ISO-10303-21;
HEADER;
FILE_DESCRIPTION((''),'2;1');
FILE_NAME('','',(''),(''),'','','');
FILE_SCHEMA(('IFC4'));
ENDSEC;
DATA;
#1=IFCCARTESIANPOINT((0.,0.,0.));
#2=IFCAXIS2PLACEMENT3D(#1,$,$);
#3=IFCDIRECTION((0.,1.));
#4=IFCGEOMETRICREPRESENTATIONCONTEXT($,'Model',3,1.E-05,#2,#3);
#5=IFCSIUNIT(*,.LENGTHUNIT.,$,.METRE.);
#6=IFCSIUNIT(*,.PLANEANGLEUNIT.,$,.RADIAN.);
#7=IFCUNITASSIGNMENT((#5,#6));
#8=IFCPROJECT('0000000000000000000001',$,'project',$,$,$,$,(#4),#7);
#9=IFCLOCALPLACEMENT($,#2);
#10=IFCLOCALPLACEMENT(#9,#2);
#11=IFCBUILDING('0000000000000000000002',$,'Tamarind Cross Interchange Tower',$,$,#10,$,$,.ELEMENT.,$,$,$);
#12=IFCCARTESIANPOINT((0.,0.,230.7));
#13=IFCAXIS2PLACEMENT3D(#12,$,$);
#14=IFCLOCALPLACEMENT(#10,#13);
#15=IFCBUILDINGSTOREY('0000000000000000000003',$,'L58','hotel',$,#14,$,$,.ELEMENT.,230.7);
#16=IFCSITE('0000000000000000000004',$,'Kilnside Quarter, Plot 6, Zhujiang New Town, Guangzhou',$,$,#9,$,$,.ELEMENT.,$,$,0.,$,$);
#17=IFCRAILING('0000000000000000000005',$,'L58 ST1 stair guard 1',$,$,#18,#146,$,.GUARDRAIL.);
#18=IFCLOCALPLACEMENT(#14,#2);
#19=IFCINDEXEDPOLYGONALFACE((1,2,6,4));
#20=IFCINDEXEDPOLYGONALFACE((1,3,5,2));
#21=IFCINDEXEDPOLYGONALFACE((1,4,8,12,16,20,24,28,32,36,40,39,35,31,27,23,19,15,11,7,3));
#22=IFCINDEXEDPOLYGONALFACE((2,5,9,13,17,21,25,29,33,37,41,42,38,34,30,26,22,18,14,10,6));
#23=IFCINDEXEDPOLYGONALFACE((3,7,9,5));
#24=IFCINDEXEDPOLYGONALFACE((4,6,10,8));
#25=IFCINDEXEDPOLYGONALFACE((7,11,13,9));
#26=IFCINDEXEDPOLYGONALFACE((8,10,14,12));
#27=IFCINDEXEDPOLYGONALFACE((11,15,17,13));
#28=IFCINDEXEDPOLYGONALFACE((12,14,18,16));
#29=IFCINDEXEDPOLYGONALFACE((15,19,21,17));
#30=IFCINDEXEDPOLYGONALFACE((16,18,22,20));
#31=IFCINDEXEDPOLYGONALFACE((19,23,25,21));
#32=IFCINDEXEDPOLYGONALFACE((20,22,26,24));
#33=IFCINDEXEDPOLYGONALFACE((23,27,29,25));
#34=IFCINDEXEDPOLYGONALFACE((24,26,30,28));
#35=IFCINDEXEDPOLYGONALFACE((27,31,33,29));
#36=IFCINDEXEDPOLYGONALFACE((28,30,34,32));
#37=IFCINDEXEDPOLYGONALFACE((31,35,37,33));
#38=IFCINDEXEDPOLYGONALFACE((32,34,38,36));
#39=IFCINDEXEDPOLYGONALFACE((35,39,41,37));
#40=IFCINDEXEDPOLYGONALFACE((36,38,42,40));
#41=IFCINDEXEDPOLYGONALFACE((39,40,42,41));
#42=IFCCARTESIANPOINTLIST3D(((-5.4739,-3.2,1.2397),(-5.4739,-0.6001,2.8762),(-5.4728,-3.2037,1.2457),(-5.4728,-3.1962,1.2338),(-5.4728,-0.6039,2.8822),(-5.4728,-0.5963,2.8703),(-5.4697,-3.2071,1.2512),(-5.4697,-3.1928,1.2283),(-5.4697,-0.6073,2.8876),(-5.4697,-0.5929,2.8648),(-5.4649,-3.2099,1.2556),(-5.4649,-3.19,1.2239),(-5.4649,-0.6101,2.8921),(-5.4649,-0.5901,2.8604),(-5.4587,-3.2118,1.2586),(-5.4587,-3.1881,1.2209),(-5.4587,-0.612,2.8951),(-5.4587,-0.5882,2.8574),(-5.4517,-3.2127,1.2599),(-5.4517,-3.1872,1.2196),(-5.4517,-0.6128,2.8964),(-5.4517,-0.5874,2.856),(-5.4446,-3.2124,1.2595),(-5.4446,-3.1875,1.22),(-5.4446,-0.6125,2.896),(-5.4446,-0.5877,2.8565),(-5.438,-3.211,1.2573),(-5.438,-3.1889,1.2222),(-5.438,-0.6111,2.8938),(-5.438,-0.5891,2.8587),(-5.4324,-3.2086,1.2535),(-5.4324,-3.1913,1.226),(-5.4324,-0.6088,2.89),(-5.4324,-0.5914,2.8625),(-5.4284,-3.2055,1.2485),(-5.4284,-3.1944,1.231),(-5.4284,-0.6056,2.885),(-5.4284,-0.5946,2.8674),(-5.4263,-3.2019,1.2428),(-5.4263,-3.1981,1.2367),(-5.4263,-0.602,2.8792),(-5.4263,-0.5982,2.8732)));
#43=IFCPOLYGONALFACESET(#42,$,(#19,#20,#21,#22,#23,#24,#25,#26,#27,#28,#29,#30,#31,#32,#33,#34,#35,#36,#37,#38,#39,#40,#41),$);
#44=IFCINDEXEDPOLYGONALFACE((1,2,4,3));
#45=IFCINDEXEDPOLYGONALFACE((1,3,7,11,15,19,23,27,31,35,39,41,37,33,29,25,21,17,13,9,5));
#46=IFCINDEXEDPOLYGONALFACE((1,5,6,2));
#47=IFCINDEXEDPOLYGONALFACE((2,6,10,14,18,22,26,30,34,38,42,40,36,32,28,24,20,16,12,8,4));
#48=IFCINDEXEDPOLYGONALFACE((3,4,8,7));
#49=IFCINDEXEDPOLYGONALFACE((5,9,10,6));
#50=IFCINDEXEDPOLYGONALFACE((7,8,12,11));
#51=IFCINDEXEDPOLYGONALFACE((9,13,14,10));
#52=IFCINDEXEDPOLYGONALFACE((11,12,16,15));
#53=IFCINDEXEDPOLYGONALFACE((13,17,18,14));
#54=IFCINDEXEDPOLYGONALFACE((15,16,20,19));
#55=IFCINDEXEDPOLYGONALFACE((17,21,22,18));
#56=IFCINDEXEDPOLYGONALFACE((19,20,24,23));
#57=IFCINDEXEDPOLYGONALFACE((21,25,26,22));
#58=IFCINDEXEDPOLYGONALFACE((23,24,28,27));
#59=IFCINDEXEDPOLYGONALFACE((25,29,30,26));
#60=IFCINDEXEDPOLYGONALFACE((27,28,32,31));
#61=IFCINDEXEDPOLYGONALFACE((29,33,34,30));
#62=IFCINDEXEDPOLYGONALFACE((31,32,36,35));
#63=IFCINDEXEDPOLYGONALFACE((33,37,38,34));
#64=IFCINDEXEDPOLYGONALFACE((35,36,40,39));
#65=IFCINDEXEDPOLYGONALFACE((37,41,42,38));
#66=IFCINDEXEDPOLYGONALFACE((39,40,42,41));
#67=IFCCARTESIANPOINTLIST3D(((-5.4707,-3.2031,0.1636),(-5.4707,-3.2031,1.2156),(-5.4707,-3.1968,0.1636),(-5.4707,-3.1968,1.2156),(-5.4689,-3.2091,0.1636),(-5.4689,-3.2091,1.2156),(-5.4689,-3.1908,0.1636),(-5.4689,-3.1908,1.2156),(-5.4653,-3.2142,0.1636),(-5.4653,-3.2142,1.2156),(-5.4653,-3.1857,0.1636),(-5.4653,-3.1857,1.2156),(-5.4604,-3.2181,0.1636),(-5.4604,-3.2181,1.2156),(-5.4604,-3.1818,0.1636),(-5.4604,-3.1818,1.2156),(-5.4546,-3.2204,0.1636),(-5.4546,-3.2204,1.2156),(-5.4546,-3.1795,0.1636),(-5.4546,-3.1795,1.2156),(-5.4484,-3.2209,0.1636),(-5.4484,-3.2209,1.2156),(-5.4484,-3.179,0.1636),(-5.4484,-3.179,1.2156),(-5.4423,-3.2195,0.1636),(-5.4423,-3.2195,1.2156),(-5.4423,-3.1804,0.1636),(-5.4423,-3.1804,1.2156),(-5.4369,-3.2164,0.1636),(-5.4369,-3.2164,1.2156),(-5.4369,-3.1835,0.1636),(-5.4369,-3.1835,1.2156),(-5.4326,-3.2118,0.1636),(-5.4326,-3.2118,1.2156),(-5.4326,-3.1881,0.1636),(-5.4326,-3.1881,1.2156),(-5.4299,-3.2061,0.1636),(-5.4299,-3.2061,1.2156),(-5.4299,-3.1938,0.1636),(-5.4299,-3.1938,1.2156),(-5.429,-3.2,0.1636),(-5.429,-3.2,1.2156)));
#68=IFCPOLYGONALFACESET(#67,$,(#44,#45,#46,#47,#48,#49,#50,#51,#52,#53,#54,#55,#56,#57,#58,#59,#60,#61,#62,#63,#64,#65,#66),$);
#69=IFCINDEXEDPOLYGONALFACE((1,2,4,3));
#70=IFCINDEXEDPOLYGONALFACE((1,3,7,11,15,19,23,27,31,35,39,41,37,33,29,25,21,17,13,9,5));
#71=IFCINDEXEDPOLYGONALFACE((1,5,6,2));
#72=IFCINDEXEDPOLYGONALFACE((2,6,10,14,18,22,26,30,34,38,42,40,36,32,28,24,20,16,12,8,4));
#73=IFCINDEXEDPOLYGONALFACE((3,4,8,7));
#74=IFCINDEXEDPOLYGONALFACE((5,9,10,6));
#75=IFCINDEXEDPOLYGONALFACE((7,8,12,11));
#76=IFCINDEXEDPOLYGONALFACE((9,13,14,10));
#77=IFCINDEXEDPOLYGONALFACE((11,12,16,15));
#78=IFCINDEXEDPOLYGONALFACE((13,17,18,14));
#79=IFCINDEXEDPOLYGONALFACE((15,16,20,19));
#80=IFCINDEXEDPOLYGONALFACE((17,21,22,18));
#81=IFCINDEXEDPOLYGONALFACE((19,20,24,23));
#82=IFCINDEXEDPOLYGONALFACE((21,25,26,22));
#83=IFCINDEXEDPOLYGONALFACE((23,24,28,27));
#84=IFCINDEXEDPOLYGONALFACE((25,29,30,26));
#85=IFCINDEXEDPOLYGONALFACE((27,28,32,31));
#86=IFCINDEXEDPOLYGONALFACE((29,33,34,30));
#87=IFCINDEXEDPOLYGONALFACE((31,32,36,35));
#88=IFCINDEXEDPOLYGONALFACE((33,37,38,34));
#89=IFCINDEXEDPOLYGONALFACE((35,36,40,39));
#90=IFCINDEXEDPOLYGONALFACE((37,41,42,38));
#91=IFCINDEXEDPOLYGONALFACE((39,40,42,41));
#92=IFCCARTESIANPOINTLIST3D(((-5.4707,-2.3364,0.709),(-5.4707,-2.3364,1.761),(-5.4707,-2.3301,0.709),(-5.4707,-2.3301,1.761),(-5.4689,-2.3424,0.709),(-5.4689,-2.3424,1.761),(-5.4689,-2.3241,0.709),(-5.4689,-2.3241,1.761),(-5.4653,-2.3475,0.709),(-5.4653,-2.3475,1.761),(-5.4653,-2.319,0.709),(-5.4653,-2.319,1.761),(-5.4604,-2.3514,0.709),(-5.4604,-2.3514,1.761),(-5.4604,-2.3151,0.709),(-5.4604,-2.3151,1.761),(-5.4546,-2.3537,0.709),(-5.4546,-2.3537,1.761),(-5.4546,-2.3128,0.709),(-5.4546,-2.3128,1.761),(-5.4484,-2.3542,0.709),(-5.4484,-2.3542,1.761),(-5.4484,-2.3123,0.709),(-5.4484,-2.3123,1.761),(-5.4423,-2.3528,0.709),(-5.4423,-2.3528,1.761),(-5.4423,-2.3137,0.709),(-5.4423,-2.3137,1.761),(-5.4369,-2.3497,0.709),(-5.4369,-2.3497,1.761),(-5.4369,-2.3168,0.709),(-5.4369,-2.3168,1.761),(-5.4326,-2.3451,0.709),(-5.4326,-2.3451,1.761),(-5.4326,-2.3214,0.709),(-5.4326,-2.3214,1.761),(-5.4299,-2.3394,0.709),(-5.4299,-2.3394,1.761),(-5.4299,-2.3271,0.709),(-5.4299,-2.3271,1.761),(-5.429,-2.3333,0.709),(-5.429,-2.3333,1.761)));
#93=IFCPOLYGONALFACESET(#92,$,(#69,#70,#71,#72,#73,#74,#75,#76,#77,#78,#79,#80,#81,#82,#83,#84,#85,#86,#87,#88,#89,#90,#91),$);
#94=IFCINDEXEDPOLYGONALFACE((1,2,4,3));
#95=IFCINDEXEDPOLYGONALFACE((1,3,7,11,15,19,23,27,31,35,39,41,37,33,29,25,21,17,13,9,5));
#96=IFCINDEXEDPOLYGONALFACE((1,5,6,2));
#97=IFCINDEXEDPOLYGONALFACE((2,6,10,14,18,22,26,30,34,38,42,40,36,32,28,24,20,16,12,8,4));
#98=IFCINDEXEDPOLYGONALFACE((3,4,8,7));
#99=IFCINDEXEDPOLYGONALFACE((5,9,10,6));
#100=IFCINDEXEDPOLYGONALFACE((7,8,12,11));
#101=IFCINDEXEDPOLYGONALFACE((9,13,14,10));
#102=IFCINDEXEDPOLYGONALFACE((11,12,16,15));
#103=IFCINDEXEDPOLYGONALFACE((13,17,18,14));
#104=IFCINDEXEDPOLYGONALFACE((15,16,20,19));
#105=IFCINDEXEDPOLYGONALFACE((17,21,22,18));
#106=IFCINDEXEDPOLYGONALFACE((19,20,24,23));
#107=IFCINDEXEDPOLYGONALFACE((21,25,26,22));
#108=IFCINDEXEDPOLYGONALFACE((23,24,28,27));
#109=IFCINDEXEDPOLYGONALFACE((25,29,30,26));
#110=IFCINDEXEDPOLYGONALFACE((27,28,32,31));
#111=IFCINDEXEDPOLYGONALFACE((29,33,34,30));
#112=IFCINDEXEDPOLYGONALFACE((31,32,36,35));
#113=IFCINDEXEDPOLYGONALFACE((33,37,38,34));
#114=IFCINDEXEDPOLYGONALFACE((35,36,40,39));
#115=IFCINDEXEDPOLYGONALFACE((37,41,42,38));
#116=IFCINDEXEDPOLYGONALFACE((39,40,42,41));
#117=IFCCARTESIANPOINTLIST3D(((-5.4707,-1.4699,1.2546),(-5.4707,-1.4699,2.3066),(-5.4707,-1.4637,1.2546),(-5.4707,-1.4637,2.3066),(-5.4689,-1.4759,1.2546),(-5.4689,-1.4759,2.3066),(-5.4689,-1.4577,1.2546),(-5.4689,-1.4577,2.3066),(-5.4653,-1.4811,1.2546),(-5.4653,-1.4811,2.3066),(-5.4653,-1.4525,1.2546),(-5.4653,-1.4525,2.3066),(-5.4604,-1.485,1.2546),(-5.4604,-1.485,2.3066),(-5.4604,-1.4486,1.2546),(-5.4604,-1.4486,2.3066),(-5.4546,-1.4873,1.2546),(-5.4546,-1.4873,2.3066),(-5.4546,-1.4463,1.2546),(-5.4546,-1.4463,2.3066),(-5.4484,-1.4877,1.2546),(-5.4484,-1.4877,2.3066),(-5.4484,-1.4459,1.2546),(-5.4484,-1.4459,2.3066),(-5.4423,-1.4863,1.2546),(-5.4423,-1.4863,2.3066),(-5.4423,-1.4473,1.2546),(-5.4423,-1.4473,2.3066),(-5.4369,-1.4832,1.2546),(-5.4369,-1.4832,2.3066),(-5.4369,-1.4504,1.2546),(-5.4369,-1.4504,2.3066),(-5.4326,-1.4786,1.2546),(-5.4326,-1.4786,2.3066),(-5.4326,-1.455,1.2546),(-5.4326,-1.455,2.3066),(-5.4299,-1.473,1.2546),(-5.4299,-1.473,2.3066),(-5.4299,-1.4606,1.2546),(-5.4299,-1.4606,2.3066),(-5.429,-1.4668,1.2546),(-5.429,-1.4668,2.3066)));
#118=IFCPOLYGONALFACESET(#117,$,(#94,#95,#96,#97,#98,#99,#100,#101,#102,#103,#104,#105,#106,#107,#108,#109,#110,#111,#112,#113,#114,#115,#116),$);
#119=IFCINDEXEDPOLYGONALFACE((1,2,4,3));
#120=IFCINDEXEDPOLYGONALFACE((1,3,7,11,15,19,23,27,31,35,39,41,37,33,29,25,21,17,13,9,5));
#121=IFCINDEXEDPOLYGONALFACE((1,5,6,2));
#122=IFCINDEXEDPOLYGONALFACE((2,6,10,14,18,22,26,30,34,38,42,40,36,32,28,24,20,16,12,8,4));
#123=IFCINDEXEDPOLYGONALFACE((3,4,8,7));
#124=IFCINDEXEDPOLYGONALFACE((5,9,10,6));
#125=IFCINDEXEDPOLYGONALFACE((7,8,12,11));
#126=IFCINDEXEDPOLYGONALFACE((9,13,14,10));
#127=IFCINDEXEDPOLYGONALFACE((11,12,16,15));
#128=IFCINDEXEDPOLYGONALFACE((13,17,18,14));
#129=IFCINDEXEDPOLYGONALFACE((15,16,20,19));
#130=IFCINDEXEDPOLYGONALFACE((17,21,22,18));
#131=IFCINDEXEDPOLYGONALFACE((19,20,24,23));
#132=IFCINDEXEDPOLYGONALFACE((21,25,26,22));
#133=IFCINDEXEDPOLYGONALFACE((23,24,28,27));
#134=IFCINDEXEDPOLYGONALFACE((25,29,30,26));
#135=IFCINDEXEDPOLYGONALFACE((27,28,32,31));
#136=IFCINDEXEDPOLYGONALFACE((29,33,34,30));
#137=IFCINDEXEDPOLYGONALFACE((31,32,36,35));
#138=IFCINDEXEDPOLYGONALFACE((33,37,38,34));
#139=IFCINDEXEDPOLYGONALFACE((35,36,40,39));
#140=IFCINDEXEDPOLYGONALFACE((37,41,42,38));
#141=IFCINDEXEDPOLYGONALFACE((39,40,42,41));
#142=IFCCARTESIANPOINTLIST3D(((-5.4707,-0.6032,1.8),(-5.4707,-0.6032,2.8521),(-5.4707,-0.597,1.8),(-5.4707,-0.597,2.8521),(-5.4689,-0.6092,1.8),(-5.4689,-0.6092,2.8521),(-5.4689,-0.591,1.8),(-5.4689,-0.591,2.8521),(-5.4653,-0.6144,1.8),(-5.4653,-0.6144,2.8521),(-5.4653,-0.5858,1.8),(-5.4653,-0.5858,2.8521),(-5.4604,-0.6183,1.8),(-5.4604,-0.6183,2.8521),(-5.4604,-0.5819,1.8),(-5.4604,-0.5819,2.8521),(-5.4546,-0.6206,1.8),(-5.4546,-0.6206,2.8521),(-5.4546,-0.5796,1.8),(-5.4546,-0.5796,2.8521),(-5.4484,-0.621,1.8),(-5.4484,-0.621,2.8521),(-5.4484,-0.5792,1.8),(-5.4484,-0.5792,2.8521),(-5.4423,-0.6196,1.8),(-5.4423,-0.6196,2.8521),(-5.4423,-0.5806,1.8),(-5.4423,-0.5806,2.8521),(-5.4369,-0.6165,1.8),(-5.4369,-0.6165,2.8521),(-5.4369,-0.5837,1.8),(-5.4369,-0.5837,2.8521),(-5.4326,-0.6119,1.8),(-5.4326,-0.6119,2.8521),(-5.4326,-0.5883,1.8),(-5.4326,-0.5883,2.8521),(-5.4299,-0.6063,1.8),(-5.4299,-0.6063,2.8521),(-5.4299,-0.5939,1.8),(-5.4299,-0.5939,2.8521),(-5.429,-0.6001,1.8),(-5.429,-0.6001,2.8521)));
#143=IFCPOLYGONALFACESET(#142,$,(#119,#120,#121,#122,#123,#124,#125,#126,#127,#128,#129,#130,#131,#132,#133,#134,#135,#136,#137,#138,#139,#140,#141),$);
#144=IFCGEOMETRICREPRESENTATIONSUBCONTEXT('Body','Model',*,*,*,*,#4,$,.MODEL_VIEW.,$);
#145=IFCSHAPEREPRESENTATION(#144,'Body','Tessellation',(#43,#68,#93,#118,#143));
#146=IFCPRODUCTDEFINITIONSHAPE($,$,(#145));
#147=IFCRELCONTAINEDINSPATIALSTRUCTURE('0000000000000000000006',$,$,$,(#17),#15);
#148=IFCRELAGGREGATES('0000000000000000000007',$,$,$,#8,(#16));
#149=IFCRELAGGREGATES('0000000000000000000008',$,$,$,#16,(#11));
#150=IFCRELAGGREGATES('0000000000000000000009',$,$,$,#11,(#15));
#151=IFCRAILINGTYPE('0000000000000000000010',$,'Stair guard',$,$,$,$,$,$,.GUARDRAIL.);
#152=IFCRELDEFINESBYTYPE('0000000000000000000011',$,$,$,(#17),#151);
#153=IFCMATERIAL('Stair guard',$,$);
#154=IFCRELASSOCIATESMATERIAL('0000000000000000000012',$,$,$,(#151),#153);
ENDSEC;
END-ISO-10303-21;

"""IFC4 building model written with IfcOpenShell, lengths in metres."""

from ifc_helpers import new_model, si_unit, direction, frame, origin, origin_2d, place, context, subcontext, project, spatial, circle, extrude, material, type_object, element, save


model = new_model("IFC4")

# Units and contexts
model_context = context("Model", 3, precision=1e-05, world=origin(), true_north=direction((0.0, 1.0)))
body_context = subcontext(model_context, "Body", "Model", "MODEL_VIEW")
ifc_project = project(units=[si_unit("LENGTHUNIT", "METRE"), si_unit("PLANEANGLEUNIT", "RADIAN")], contexts=[model_context])

# Site, building, storey
site_placement = place(None, origin())
site = spatial("IfcSite", under=ifc_project, at=site_placement, Name="Kilnside Quarter, Plot 6, Zhujiang New Town, Guangzhou", CompositionType="ELEMENT", RefElevation=0.0)
building_placement = place(site_placement, origin())
building = spatial("IfcBuilding", under=site, at=building_placement, Name="Tamarind Cross Interchange Tower", CompositionType="ELEMENT")
storey_placement = place(building_placement, frame((0.0, 0.0, 230.7)))
storey = spatial("IfcBuildingStorey", under=building, at=storey_placement, Name="L58", Description="hotel", CompositionType="ELEMENT", Elevation=230.7)

# Railing
ifc_material_1 = material(Name="Stair guard")
railing_type_1 = type_object("IfcRailingType", Name="Stair guard", PredefinedType="GUARDRAIL", material=ifc_material_1)
railing_1_placement = place(storey_placement, frame((-5.45, -3.2, 0.1636)))
element("IfcRailing", 1, at=railing_1_placement, inside=storey, type_object=railing_type_1, Name="L58 ST1 stair guard 1", PredefinedType="GUARDRAIL", context=body_context, shape_type="SweptSolid", body=[
    extrude(circle(Radius=0.0239, at=origin_2d()), frame((0.0, 0.0, 1.0762), z_axis=(0.0, 0.846302, 0.532704), x_axis=(-1.0, 0.0, 0.0)), (0.0, 0.0, 1.0), 3.072),
    extrude(circle(Radius=0.021, at=origin_2d()), origin(), (0.0, 0.0, 1.0), 1.052),
    extrude(circle(Radius=0.021, at=origin_2d()), frame((0.0, 0.8667, 0.5454)), (0.0, 0.0, 1.0), 1.052),
    extrude(circle(Radius=0.021, at=origin_2d()), frame((0.0, 1.7332, 1.0911)), (0.0, 0.0, 1.0), 1.052),
    extrude(circle(Radius=0.021, at=origin_2d()), frame((0.0, 2.5999, 1.6365)), (0.0, 0.0, 1.0), 1.052),
])

save(model, "model.ifc")
